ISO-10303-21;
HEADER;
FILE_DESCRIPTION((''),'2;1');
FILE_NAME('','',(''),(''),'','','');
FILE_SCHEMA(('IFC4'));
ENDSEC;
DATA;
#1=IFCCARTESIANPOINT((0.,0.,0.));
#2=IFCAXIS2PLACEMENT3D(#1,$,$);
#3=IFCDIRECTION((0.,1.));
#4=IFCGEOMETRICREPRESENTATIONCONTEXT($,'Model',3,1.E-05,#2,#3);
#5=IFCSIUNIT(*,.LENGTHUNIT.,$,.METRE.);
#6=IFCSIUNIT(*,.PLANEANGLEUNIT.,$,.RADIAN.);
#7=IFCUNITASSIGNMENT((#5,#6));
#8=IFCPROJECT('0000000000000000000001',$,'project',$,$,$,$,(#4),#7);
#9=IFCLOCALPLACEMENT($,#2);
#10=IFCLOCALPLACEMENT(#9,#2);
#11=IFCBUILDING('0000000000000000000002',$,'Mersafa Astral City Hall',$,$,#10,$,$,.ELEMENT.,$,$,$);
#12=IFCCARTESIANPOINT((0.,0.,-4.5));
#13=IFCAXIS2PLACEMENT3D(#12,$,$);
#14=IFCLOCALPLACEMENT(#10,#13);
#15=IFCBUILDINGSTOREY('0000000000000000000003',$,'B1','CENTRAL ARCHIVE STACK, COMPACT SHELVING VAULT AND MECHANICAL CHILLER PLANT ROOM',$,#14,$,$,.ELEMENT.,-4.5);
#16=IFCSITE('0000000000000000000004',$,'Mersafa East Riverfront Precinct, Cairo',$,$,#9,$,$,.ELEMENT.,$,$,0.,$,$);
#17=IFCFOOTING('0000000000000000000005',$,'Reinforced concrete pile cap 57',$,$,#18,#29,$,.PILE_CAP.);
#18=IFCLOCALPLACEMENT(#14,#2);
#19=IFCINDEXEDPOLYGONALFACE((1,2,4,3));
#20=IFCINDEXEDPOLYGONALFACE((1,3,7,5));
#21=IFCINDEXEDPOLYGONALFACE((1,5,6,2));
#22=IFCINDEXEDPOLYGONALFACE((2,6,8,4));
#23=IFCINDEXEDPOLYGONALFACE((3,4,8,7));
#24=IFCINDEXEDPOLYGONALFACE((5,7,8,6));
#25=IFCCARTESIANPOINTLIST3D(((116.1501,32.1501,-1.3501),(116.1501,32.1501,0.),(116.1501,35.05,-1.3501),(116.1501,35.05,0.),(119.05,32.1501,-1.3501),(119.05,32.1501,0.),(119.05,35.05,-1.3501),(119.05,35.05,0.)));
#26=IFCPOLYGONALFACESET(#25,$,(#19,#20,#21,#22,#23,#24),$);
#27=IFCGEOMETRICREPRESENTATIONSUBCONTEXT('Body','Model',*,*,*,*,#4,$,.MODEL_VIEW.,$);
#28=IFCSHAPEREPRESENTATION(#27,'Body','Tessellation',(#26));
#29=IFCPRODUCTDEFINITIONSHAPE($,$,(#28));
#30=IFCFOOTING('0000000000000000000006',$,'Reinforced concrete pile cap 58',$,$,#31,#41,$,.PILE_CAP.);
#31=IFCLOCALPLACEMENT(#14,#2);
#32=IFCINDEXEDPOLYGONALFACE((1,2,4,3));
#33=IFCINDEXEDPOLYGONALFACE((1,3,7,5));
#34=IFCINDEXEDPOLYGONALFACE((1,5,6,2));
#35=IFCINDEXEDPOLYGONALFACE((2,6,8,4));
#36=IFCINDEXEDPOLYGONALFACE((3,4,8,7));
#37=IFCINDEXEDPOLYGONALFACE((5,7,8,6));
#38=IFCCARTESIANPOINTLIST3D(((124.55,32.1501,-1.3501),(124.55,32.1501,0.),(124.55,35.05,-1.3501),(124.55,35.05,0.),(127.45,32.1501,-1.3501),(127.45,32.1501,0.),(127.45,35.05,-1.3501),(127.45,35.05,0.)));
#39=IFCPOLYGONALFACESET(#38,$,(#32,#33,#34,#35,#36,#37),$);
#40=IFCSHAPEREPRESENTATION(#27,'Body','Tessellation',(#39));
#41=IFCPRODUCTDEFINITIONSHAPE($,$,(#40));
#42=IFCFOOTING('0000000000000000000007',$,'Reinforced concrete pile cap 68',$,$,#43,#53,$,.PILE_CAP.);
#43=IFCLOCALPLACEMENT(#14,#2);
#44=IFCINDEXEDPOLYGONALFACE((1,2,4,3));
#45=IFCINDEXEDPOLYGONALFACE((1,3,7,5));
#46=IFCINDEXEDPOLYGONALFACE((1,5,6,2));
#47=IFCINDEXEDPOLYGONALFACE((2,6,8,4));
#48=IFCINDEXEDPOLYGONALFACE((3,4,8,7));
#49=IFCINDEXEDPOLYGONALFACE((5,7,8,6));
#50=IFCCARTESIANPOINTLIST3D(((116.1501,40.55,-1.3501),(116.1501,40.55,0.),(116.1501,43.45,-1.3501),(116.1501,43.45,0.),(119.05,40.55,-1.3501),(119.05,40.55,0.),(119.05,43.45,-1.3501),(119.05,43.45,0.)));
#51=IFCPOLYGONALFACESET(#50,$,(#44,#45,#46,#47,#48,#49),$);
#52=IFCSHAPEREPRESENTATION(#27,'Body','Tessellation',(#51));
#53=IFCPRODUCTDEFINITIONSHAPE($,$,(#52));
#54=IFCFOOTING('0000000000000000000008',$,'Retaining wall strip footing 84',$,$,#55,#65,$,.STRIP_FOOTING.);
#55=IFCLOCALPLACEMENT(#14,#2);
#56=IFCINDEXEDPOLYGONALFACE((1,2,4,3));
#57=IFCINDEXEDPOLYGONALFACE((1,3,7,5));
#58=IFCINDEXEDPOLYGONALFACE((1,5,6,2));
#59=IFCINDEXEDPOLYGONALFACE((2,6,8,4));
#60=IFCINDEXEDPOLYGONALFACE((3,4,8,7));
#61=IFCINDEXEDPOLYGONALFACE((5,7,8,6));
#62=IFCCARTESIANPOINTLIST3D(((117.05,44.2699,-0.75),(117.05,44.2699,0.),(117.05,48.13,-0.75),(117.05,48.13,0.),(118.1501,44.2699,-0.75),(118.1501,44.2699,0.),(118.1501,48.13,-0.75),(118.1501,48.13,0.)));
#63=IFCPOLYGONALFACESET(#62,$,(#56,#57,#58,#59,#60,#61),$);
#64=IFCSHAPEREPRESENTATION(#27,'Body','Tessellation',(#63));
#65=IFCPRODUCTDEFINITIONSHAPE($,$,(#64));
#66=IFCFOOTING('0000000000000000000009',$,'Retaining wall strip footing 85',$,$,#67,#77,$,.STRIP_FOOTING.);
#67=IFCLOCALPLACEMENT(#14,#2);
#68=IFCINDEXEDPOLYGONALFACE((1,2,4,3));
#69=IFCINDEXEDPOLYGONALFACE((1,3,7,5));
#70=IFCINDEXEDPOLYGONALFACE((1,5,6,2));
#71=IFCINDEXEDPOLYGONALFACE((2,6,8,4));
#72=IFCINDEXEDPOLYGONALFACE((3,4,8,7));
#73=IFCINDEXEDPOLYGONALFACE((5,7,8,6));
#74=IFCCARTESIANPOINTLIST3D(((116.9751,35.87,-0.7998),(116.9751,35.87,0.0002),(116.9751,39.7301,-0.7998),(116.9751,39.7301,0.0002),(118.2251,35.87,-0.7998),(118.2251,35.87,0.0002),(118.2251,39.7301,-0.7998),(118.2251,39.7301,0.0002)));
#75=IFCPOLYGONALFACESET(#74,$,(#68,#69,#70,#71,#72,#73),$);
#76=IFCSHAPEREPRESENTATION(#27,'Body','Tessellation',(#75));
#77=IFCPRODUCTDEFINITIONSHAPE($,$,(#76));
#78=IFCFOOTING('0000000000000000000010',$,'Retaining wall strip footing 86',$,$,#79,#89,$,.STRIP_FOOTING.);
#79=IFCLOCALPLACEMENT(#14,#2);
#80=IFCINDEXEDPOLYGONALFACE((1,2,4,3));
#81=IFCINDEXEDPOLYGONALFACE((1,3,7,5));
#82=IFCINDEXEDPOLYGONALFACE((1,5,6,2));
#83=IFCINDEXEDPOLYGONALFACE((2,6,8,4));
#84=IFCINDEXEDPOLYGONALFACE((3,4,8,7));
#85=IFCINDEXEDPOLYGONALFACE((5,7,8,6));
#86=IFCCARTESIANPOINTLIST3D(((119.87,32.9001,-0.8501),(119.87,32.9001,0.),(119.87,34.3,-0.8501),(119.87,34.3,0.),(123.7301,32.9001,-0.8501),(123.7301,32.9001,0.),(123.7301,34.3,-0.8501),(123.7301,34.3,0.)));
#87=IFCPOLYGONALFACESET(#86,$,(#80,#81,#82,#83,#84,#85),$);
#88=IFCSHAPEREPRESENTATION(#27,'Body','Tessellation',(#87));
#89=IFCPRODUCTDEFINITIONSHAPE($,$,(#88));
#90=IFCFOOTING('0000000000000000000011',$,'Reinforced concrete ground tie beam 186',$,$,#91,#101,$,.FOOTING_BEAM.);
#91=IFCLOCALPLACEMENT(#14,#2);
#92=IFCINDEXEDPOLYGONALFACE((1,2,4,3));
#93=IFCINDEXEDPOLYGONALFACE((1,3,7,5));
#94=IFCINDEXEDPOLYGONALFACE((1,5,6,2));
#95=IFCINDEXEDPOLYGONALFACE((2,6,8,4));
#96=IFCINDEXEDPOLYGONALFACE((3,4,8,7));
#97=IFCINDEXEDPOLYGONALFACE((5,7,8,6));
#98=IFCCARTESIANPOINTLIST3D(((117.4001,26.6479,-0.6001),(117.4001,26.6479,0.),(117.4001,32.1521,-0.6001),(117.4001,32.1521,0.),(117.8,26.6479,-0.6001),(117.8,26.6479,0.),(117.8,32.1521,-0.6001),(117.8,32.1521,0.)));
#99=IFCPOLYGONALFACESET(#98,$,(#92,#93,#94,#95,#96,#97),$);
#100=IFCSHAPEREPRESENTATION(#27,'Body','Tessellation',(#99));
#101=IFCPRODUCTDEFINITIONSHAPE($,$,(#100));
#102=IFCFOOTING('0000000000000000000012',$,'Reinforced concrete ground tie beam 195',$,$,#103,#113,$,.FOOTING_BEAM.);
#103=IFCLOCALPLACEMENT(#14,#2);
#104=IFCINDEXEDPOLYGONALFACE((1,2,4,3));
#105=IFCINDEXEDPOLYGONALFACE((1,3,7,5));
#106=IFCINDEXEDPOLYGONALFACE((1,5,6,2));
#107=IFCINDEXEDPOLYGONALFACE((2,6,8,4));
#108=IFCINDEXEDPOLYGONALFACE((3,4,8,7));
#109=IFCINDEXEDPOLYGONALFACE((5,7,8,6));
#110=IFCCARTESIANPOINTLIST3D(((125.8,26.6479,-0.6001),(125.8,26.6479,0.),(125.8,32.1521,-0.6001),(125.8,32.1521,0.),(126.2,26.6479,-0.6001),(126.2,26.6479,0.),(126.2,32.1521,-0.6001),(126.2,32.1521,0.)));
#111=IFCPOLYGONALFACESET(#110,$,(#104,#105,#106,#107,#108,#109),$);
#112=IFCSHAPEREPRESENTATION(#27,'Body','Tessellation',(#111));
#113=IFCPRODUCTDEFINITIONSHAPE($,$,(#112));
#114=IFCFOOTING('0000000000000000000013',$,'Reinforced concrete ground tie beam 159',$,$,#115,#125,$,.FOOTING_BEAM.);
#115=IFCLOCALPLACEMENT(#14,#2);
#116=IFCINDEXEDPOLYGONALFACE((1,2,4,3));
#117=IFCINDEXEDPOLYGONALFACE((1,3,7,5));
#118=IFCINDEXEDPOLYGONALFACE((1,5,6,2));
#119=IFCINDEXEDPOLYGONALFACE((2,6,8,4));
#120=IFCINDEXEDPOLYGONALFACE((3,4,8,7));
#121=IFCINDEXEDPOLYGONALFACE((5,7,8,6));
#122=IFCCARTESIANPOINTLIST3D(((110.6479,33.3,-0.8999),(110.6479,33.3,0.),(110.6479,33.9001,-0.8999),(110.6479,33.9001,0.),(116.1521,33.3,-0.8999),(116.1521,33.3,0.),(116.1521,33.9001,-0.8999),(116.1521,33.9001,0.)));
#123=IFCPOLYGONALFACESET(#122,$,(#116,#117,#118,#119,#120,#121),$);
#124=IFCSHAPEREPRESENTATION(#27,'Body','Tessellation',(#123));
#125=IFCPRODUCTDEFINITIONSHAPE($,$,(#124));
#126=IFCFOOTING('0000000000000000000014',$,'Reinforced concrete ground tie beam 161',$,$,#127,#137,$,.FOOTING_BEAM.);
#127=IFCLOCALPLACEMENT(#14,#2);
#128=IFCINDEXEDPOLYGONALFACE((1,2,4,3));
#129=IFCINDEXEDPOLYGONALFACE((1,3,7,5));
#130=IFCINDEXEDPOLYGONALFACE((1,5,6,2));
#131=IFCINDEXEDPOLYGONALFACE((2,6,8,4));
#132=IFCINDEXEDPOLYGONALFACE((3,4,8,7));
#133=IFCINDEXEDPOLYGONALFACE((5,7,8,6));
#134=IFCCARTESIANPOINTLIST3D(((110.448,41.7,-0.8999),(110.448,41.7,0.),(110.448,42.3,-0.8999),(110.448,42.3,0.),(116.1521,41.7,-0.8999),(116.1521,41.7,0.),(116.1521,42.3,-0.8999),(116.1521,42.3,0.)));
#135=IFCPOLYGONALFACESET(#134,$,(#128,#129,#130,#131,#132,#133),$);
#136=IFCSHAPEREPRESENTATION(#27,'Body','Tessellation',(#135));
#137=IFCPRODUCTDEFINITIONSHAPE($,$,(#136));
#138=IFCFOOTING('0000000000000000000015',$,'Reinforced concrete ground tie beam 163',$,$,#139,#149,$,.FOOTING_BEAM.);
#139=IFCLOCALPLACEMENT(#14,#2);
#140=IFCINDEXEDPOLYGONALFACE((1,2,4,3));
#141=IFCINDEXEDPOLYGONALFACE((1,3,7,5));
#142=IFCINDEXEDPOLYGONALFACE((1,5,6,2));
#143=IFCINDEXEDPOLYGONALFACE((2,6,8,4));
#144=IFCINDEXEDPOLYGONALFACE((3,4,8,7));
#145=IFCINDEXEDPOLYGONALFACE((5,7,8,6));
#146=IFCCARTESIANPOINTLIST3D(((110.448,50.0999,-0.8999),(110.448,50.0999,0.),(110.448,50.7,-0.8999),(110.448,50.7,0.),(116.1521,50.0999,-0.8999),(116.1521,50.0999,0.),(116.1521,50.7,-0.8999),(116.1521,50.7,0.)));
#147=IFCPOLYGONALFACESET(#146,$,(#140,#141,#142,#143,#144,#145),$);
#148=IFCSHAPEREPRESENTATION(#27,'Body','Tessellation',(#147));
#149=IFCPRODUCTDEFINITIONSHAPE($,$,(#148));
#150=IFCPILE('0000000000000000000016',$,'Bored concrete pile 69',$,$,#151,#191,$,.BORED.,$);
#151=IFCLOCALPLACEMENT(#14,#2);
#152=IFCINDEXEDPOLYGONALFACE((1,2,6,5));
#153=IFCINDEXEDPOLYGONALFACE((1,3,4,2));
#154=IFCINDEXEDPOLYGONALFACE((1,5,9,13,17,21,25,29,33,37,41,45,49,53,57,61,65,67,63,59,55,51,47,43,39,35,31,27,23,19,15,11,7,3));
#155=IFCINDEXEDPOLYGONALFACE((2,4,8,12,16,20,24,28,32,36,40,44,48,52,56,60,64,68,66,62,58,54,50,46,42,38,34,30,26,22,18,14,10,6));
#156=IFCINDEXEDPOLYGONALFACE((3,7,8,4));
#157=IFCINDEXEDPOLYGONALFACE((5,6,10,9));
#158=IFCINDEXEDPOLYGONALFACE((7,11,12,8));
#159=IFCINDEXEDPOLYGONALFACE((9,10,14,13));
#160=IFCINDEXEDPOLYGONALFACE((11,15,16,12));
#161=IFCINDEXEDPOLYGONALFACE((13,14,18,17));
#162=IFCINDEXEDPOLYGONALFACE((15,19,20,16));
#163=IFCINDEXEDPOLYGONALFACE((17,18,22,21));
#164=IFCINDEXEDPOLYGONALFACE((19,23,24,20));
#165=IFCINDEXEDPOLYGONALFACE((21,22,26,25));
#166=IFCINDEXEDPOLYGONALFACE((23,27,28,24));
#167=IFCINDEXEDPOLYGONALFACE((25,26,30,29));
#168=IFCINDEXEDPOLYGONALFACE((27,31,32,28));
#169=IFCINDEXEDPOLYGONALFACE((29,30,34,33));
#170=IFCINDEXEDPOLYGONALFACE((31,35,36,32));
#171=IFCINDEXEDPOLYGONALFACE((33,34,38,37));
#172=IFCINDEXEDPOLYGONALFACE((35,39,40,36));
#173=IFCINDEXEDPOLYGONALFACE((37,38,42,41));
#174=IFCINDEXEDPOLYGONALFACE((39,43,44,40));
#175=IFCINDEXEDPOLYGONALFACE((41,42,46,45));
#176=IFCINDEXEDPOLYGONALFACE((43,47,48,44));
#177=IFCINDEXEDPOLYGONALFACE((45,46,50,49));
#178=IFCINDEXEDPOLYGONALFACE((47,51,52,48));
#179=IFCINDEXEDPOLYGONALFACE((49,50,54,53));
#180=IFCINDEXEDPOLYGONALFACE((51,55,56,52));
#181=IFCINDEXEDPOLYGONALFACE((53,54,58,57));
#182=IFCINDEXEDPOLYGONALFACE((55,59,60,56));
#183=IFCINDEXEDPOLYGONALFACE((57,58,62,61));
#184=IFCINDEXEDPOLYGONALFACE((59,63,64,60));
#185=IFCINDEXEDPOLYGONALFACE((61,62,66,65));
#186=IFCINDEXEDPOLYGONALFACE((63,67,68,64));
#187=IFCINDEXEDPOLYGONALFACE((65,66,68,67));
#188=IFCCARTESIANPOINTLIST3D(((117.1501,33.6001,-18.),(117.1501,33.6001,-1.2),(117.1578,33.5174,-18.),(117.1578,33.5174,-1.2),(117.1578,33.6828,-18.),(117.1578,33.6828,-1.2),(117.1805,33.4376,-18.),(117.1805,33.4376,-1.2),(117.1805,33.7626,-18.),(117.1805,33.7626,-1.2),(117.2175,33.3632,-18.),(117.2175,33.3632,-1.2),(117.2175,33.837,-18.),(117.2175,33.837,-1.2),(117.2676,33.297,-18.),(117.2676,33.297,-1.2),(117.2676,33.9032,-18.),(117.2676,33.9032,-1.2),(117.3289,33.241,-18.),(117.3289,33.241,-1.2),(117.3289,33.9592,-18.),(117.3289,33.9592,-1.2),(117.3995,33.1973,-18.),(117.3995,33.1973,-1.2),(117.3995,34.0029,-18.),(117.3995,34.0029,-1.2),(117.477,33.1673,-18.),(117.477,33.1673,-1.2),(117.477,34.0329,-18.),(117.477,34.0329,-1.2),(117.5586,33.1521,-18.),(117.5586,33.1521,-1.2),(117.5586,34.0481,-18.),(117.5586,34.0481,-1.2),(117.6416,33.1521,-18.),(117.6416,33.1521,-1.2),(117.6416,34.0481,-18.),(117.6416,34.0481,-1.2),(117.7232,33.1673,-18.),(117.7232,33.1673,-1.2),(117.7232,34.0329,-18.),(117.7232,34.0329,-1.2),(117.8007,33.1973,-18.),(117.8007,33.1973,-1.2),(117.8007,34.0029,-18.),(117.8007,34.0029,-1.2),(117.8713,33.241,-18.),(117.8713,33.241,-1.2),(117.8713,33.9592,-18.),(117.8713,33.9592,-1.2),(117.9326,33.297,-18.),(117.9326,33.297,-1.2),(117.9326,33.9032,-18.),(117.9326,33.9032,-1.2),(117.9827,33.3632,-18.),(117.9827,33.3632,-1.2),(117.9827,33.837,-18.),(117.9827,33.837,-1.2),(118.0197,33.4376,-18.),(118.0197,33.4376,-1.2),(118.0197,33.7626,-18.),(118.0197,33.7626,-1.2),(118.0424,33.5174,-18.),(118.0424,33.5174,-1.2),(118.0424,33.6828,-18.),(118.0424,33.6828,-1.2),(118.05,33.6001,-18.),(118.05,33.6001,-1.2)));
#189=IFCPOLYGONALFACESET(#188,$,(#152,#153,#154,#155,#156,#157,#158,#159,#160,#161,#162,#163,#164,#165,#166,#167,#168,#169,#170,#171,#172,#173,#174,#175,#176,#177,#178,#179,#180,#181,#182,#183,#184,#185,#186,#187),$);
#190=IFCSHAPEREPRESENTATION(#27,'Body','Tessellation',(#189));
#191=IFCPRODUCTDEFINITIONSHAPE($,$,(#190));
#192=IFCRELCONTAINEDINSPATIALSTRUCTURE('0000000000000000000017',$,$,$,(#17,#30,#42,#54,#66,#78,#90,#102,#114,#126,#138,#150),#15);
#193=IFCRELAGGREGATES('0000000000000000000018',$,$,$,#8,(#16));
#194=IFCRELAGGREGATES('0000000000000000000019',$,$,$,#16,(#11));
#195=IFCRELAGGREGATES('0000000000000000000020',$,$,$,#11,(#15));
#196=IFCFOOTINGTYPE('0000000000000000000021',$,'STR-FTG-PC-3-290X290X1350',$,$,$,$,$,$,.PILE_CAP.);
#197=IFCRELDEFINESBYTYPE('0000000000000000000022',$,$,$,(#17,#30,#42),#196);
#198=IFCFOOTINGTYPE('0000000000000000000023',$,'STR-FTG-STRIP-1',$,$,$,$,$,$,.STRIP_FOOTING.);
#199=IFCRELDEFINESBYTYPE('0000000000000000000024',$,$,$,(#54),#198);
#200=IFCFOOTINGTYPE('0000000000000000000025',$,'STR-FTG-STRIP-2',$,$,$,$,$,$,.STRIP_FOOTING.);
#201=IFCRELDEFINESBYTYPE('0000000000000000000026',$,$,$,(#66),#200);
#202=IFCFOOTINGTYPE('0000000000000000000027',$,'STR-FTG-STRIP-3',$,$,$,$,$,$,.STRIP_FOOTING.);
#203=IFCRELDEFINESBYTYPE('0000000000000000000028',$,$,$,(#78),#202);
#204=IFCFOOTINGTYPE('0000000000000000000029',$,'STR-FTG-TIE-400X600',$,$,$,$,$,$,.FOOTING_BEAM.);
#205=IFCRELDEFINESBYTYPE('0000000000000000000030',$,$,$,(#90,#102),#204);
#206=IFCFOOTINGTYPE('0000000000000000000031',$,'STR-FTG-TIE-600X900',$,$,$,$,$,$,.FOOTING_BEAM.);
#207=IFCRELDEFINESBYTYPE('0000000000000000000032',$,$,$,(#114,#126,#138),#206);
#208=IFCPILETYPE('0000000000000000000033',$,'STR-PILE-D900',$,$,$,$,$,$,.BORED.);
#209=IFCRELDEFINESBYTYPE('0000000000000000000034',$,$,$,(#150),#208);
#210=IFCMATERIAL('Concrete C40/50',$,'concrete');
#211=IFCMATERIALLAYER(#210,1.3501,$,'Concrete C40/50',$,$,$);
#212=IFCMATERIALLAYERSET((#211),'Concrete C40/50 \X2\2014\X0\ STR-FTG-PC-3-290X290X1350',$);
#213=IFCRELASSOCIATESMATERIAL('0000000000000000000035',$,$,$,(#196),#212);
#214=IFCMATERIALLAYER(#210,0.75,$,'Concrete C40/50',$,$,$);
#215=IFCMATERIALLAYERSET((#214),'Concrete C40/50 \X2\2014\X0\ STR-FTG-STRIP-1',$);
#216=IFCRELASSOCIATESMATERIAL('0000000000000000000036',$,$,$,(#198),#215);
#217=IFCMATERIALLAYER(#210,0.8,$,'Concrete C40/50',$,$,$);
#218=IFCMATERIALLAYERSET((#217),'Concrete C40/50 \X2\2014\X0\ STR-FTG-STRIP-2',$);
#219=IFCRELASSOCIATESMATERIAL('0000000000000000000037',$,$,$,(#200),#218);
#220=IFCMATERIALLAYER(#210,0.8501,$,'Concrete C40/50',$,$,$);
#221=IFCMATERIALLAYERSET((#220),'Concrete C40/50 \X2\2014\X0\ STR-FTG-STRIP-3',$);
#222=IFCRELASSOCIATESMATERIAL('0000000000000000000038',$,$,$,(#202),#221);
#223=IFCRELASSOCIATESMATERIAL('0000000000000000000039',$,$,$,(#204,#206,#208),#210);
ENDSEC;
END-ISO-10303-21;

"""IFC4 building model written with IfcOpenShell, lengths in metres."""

from ifc_helpers import new_model, si_unit, direction, frame, origin, origin_2d, place, context, subcontext, project, spatial, rectangle, circle, extrude, material, layer, layer_set, material_profile, profile_set, type_object, element, save


model = new_model("IFC4")

# Units and contexts
model_context = context("Model", 3, precision=1e-05, world=origin(), true_north=direction((0.0, 1.0)))
body_context = subcontext(model_context, "Body", "Model", "MODEL_VIEW")
ifc_project = project(units=[si_unit("LENGTHUNIT", "METRE"), si_unit("PLANEANGLEUNIT", "RADIAN")], contexts=[model_context])

# Site, building, storey
site_placement = place(None, origin())
site = spatial("IfcSite", under=ifc_project, at=site_placement, Name="Mersafa East Riverfront Precinct, Cairo", CompositionType="ELEMENT", RefElevation=0.0)
building_placement = place(site_placement, origin())
building = spatial("IfcBuilding", under=site, at=building_placement, Name="Mersafa Astral City Hall", CompositionType="ELEMENT")
storey_placement = place(building_placement, frame((0.0, 0.0, -4.5)))
storey = spatial("IfcBuildingStorey", under=building, at=storey_placement, Name="B1", Description="CENTRAL ARCHIVE STACK, COMPACT SHELVING VAULT AND MECHANICAL CHILLER PLANT ROOM", CompositionType="ELEMENT", Elevation=-4.5)

# Footings
ifc_material_1 = material(Name="Concrete C40/50", Category="concrete")
ifc_layer_1 = layer(ifc_material_1, 1.3501, Name="Concrete C40/50")
ifc_layer_set_1 = layer_set([ifc_layer_1], Name="Concrete C40/50 — STR-FTG-PC-3-290X290X1350")
footing_type_1 = type_object("IfcFootingType", Name="STR-FTG-PC-3-290X290X1350", PredefinedType="PILE_CAP", material=ifc_layer_set_1)
for number, where, z_axis, x_axis, name in (
    (1, (117.6001, 33.6001, -1.3501), (0.0, 0.0, 1.0), (1.0, 0.0, 0.0), "Reinforced concrete pile cap 57"),
    (2, (126.0, 33.6001, -1.3501), (0.0, 0.0, 1.0), (1.0, 0.0, 0.0), "Reinforced concrete pile cap 58"),
    (3, (117.6001, 42.0, -1.3501), (0.0, 0.0, 1.0), (1.0, 0.0, 0.0), "Reinforced concrete pile cap 68"),
):
    element("IfcFooting", number, at=place(storey_placement, frame(where, z_axis=z_axis, x_axis=x_axis)), inside=storey, type_object=footing_type_1, Name=name, PredefinedType="PILE_CAP", context=body_context, shape_type="SweptSolid", body=[
        extrude(rectangle(XDim=2.8999, YDim=2.8999, at=origin_2d()), origin(), (0.0, 0.0, 1.0), 1.3501),
    ])
ifc_layer_2 = layer(ifc_material_1, 0.75, Name="Concrete C40/50")
ifc_layer_set_2 = layer_set([ifc_layer_2], Name="Concrete C40/50 — STR-FTG-STRIP-1")
footing_type_2 = type_object("IfcFootingType", Name="STR-FTG-STRIP-1", PredefinedType="STRIP_FOOTING", material=ifc_layer_set_2)
footing_1_placement = place(storey_placement, frame((117.6001, 46.2, -0.75), z_axis=(0.0, 0.0, 1.0), x_axis=(0.0, -1.0, 0.0)))
element("IfcFooting", 4, at=footing_1_placement, inside=storey, type_object=footing_type_2, Name="Retaining wall strip footing 84", PredefinedType="STRIP_FOOTING", context=body_context, shape_type="SweptSolid", body=[
    extrude(rectangle(XDim=3.8601, YDim=1.1001, at=origin_2d()), origin(), (0.0, 0.0, 1.0), 0.75),
])
ifc_layer_3 = layer(ifc_material_1, 0.8, Name="Concrete C40/50")
ifc_layer_set_3 = layer_set([ifc_layer_3], Name="Concrete C40/50 — STR-FTG-STRIP-2")
footing_type_3 = type_object("IfcFootingType", Name="STR-FTG-STRIP-2", PredefinedType="STRIP_FOOTING", material=ifc_layer_set_3)
footing_2_placement = place(storey_placement, frame((117.6001, 37.8, -0.7998), z_axis=(0.0, 0.0, 1.0), x_axis=(0.0, -1.0, 0.0)))
element("IfcFooting", 5, at=footing_2_placement, inside=storey, type_object=footing_type_3, Name="Retaining wall strip footing 85", PredefinedType="STRIP_FOOTING", context=body_context, shape_type="SweptSolid", body=[
    extrude(rectangle(XDim=3.8601, YDim=1.25, at=origin_2d()), origin(), (0.0, 0.0, 1.0), 0.8),
])
ifc_layer_4 = layer(ifc_material_1, 0.8501, Name="Concrete C40/50")
ifc_layer_set_4 = layer_set([ifc_layer_4], Name="Concrete C40/50 — STR-FTG-STRIP-3")
footing_type_4 = type_object("IfcFootingType", Name="STR-FTG-STRIP-3", PredefinedType="STRIP_FOOTING", material=ifc_layer_set_4)
footing_3_placement = place(storey_placement, frame((121.8, 33.6001, -0.8501), z_axis=(0.0, 0.0, 1.0), x_axis=(1.0, 0.0, 0.0)))
element("IfcFooting", 6, at=footing_3_placement, inside=storey, type_object=footing_type_4, Name="Retaining wall strip footing 86", PredefinedType="STRIP_FOOTING", context=body_context, shape_type="SweptSolid", body=[
    extrude(rectangle(XDim=3.8601, YDim=1.3999, at=origin_2d()), origin(), (0.0, 0.0, 1.0), 0.8501),
])
ifc_material_profile_1 = material_profile(ifc_material_1, rectangle(XDim=0.3999, YDim=0.6001, at=origin_2d()), Name="RC 400x600")
ifc_profile_set_1 = profile_set([ifc_material_profile_1], Name="Concrete C40/50")
footing_type_5 = type_object("IfcFootingType", Name="STR-FTG-TIE-400X600", PredefinedType="FOOTING_BEAM", material=ifc_profile_set_1)
for number, where, z_axis, x_axis, name in (
    (7, (117.6001, 26.6479, -0.3), (0.0, 1.0, 0.0), (-1.0, 0.0, 0.0), "Reinforced concrete ground tie beam 186"),
    (8, (126.0, 26.6479, -0.3), (0.0, 1.0, 0.0), (-1.0, 0.0, 0.0), "Reinforced concrete ground tie beam 195"),
):
    element("IfcFooting", number, at=place(storey_placement, frame(where, z_axis=z_axis, x_axis=x_axis)), inside=storey, type_object=footing_type_5, Name=name, PredefinedType="FOOTING_BEAM", context=body_context, shape_type="SweptSolid", body=[
        extrude(rectangle(XDim=0.3999, YDim=0.6001, at=origin_2d()), origin(), (0.0, 0.0, 1.0), 5.5042),
    ])
ifc_material_profile_2 = material_profile(ifc_material_1, rectangle(XDim=0.6001, YDim=0.8999, at=origin_2d()), Name="RC 600x900")
ifc_profile_set_2 = profile_set([ifc_material_profile_2], Name="Concrete C40/50")
footing_type_6 = type_object("IfcFootingType", Name="STR-FTG-TIE-600X900", PredefinedType="FOOTING_BEAM", material=ifc_profile_set_2)
footing_4_placement = place(storey_placement, frame((110.6479, 33.6001, -0.45), z_axis=(1.0, 0.0, 0.0), x_axis=(0.0, 1.0, 0.0)))
element("IfcFooting", 9, at=footing_4_placement, inside=storey, type_object=footing_type_6, Name="Reinforced concrete ground tie beam 159", PredefinedType="FOOTING_BEAM", context=body_context, shape_type="SweptSolid", body=[
    extrude(rectangle(XDim=0.6001, YDim=0.8999, at=origin_2d()), origin(), (0.0, 0.0, 1.0), 5.5042),
])
for number, where, z_axis, x_axis, name in (
    (10, (110.448, 42.0, -0.45), (1.0, 0.0, 0.0), (0.0, 1.0, 0.0), "Reinforced concrete ground tie beam 161"),
    (11, (110.448, 50.3999, -0.45), (1.0, 0.0, 0.0), (0.0, 1.0, 0.0), "Reinforced concrete ground tie beam 163"),
):
    element("IfcFooting", number, at=place(storey_placement, frame(where, z_axis=z_axis, x_axis=x_axis)), inside=storey, type_object=footing_type_6, Name=name, PredefinedType="FOOTING_BEAM", context=body_context, shape_type="SweptSolid", body=[
        extrude(rectangle(XDim=0.6001, YDim=0.8999, at=origin_2d()), origin(), (0.0, 0.0, 1.0), 5.7041),
    ])

# Pile
ifc_material_profile_3 = material_profile(ifc_material_1, circle(Radius=0.45, at=origin_2d()), Name="PILE D900")
ifc_profile_set_3 = profile_set([ifc_material_profile_3], Name="Concrete C40/50")
pile_type = type_object("IfcPileType", Name="STR-PILE-D900", PredefinedType="BORED", material=ifc_profile_set_3)
for number, where, z_axis, x_axis, name in (
    (12, (117.6001, 33.6001, -1.2), (0.0, 0.0, -1.0), (1.0, 0.0, 0.0), "Bored concrete pile 69"),
):
    element("IfcPile", number, at=place(storey_placement, frame(where, z_axis=z_axis, x_axis=x_axis)), inside=storey, type_object=pile_type, Name=name, PredefinedType="BORED", context=body_context, shape_type="SweptSolid", body=[
        extrude(circle(Radius=0.45, at=origin_2d()), origin(), (0.0, 0.0, 1.0), 16.8),
    ])

save(model, "model.ifc")
